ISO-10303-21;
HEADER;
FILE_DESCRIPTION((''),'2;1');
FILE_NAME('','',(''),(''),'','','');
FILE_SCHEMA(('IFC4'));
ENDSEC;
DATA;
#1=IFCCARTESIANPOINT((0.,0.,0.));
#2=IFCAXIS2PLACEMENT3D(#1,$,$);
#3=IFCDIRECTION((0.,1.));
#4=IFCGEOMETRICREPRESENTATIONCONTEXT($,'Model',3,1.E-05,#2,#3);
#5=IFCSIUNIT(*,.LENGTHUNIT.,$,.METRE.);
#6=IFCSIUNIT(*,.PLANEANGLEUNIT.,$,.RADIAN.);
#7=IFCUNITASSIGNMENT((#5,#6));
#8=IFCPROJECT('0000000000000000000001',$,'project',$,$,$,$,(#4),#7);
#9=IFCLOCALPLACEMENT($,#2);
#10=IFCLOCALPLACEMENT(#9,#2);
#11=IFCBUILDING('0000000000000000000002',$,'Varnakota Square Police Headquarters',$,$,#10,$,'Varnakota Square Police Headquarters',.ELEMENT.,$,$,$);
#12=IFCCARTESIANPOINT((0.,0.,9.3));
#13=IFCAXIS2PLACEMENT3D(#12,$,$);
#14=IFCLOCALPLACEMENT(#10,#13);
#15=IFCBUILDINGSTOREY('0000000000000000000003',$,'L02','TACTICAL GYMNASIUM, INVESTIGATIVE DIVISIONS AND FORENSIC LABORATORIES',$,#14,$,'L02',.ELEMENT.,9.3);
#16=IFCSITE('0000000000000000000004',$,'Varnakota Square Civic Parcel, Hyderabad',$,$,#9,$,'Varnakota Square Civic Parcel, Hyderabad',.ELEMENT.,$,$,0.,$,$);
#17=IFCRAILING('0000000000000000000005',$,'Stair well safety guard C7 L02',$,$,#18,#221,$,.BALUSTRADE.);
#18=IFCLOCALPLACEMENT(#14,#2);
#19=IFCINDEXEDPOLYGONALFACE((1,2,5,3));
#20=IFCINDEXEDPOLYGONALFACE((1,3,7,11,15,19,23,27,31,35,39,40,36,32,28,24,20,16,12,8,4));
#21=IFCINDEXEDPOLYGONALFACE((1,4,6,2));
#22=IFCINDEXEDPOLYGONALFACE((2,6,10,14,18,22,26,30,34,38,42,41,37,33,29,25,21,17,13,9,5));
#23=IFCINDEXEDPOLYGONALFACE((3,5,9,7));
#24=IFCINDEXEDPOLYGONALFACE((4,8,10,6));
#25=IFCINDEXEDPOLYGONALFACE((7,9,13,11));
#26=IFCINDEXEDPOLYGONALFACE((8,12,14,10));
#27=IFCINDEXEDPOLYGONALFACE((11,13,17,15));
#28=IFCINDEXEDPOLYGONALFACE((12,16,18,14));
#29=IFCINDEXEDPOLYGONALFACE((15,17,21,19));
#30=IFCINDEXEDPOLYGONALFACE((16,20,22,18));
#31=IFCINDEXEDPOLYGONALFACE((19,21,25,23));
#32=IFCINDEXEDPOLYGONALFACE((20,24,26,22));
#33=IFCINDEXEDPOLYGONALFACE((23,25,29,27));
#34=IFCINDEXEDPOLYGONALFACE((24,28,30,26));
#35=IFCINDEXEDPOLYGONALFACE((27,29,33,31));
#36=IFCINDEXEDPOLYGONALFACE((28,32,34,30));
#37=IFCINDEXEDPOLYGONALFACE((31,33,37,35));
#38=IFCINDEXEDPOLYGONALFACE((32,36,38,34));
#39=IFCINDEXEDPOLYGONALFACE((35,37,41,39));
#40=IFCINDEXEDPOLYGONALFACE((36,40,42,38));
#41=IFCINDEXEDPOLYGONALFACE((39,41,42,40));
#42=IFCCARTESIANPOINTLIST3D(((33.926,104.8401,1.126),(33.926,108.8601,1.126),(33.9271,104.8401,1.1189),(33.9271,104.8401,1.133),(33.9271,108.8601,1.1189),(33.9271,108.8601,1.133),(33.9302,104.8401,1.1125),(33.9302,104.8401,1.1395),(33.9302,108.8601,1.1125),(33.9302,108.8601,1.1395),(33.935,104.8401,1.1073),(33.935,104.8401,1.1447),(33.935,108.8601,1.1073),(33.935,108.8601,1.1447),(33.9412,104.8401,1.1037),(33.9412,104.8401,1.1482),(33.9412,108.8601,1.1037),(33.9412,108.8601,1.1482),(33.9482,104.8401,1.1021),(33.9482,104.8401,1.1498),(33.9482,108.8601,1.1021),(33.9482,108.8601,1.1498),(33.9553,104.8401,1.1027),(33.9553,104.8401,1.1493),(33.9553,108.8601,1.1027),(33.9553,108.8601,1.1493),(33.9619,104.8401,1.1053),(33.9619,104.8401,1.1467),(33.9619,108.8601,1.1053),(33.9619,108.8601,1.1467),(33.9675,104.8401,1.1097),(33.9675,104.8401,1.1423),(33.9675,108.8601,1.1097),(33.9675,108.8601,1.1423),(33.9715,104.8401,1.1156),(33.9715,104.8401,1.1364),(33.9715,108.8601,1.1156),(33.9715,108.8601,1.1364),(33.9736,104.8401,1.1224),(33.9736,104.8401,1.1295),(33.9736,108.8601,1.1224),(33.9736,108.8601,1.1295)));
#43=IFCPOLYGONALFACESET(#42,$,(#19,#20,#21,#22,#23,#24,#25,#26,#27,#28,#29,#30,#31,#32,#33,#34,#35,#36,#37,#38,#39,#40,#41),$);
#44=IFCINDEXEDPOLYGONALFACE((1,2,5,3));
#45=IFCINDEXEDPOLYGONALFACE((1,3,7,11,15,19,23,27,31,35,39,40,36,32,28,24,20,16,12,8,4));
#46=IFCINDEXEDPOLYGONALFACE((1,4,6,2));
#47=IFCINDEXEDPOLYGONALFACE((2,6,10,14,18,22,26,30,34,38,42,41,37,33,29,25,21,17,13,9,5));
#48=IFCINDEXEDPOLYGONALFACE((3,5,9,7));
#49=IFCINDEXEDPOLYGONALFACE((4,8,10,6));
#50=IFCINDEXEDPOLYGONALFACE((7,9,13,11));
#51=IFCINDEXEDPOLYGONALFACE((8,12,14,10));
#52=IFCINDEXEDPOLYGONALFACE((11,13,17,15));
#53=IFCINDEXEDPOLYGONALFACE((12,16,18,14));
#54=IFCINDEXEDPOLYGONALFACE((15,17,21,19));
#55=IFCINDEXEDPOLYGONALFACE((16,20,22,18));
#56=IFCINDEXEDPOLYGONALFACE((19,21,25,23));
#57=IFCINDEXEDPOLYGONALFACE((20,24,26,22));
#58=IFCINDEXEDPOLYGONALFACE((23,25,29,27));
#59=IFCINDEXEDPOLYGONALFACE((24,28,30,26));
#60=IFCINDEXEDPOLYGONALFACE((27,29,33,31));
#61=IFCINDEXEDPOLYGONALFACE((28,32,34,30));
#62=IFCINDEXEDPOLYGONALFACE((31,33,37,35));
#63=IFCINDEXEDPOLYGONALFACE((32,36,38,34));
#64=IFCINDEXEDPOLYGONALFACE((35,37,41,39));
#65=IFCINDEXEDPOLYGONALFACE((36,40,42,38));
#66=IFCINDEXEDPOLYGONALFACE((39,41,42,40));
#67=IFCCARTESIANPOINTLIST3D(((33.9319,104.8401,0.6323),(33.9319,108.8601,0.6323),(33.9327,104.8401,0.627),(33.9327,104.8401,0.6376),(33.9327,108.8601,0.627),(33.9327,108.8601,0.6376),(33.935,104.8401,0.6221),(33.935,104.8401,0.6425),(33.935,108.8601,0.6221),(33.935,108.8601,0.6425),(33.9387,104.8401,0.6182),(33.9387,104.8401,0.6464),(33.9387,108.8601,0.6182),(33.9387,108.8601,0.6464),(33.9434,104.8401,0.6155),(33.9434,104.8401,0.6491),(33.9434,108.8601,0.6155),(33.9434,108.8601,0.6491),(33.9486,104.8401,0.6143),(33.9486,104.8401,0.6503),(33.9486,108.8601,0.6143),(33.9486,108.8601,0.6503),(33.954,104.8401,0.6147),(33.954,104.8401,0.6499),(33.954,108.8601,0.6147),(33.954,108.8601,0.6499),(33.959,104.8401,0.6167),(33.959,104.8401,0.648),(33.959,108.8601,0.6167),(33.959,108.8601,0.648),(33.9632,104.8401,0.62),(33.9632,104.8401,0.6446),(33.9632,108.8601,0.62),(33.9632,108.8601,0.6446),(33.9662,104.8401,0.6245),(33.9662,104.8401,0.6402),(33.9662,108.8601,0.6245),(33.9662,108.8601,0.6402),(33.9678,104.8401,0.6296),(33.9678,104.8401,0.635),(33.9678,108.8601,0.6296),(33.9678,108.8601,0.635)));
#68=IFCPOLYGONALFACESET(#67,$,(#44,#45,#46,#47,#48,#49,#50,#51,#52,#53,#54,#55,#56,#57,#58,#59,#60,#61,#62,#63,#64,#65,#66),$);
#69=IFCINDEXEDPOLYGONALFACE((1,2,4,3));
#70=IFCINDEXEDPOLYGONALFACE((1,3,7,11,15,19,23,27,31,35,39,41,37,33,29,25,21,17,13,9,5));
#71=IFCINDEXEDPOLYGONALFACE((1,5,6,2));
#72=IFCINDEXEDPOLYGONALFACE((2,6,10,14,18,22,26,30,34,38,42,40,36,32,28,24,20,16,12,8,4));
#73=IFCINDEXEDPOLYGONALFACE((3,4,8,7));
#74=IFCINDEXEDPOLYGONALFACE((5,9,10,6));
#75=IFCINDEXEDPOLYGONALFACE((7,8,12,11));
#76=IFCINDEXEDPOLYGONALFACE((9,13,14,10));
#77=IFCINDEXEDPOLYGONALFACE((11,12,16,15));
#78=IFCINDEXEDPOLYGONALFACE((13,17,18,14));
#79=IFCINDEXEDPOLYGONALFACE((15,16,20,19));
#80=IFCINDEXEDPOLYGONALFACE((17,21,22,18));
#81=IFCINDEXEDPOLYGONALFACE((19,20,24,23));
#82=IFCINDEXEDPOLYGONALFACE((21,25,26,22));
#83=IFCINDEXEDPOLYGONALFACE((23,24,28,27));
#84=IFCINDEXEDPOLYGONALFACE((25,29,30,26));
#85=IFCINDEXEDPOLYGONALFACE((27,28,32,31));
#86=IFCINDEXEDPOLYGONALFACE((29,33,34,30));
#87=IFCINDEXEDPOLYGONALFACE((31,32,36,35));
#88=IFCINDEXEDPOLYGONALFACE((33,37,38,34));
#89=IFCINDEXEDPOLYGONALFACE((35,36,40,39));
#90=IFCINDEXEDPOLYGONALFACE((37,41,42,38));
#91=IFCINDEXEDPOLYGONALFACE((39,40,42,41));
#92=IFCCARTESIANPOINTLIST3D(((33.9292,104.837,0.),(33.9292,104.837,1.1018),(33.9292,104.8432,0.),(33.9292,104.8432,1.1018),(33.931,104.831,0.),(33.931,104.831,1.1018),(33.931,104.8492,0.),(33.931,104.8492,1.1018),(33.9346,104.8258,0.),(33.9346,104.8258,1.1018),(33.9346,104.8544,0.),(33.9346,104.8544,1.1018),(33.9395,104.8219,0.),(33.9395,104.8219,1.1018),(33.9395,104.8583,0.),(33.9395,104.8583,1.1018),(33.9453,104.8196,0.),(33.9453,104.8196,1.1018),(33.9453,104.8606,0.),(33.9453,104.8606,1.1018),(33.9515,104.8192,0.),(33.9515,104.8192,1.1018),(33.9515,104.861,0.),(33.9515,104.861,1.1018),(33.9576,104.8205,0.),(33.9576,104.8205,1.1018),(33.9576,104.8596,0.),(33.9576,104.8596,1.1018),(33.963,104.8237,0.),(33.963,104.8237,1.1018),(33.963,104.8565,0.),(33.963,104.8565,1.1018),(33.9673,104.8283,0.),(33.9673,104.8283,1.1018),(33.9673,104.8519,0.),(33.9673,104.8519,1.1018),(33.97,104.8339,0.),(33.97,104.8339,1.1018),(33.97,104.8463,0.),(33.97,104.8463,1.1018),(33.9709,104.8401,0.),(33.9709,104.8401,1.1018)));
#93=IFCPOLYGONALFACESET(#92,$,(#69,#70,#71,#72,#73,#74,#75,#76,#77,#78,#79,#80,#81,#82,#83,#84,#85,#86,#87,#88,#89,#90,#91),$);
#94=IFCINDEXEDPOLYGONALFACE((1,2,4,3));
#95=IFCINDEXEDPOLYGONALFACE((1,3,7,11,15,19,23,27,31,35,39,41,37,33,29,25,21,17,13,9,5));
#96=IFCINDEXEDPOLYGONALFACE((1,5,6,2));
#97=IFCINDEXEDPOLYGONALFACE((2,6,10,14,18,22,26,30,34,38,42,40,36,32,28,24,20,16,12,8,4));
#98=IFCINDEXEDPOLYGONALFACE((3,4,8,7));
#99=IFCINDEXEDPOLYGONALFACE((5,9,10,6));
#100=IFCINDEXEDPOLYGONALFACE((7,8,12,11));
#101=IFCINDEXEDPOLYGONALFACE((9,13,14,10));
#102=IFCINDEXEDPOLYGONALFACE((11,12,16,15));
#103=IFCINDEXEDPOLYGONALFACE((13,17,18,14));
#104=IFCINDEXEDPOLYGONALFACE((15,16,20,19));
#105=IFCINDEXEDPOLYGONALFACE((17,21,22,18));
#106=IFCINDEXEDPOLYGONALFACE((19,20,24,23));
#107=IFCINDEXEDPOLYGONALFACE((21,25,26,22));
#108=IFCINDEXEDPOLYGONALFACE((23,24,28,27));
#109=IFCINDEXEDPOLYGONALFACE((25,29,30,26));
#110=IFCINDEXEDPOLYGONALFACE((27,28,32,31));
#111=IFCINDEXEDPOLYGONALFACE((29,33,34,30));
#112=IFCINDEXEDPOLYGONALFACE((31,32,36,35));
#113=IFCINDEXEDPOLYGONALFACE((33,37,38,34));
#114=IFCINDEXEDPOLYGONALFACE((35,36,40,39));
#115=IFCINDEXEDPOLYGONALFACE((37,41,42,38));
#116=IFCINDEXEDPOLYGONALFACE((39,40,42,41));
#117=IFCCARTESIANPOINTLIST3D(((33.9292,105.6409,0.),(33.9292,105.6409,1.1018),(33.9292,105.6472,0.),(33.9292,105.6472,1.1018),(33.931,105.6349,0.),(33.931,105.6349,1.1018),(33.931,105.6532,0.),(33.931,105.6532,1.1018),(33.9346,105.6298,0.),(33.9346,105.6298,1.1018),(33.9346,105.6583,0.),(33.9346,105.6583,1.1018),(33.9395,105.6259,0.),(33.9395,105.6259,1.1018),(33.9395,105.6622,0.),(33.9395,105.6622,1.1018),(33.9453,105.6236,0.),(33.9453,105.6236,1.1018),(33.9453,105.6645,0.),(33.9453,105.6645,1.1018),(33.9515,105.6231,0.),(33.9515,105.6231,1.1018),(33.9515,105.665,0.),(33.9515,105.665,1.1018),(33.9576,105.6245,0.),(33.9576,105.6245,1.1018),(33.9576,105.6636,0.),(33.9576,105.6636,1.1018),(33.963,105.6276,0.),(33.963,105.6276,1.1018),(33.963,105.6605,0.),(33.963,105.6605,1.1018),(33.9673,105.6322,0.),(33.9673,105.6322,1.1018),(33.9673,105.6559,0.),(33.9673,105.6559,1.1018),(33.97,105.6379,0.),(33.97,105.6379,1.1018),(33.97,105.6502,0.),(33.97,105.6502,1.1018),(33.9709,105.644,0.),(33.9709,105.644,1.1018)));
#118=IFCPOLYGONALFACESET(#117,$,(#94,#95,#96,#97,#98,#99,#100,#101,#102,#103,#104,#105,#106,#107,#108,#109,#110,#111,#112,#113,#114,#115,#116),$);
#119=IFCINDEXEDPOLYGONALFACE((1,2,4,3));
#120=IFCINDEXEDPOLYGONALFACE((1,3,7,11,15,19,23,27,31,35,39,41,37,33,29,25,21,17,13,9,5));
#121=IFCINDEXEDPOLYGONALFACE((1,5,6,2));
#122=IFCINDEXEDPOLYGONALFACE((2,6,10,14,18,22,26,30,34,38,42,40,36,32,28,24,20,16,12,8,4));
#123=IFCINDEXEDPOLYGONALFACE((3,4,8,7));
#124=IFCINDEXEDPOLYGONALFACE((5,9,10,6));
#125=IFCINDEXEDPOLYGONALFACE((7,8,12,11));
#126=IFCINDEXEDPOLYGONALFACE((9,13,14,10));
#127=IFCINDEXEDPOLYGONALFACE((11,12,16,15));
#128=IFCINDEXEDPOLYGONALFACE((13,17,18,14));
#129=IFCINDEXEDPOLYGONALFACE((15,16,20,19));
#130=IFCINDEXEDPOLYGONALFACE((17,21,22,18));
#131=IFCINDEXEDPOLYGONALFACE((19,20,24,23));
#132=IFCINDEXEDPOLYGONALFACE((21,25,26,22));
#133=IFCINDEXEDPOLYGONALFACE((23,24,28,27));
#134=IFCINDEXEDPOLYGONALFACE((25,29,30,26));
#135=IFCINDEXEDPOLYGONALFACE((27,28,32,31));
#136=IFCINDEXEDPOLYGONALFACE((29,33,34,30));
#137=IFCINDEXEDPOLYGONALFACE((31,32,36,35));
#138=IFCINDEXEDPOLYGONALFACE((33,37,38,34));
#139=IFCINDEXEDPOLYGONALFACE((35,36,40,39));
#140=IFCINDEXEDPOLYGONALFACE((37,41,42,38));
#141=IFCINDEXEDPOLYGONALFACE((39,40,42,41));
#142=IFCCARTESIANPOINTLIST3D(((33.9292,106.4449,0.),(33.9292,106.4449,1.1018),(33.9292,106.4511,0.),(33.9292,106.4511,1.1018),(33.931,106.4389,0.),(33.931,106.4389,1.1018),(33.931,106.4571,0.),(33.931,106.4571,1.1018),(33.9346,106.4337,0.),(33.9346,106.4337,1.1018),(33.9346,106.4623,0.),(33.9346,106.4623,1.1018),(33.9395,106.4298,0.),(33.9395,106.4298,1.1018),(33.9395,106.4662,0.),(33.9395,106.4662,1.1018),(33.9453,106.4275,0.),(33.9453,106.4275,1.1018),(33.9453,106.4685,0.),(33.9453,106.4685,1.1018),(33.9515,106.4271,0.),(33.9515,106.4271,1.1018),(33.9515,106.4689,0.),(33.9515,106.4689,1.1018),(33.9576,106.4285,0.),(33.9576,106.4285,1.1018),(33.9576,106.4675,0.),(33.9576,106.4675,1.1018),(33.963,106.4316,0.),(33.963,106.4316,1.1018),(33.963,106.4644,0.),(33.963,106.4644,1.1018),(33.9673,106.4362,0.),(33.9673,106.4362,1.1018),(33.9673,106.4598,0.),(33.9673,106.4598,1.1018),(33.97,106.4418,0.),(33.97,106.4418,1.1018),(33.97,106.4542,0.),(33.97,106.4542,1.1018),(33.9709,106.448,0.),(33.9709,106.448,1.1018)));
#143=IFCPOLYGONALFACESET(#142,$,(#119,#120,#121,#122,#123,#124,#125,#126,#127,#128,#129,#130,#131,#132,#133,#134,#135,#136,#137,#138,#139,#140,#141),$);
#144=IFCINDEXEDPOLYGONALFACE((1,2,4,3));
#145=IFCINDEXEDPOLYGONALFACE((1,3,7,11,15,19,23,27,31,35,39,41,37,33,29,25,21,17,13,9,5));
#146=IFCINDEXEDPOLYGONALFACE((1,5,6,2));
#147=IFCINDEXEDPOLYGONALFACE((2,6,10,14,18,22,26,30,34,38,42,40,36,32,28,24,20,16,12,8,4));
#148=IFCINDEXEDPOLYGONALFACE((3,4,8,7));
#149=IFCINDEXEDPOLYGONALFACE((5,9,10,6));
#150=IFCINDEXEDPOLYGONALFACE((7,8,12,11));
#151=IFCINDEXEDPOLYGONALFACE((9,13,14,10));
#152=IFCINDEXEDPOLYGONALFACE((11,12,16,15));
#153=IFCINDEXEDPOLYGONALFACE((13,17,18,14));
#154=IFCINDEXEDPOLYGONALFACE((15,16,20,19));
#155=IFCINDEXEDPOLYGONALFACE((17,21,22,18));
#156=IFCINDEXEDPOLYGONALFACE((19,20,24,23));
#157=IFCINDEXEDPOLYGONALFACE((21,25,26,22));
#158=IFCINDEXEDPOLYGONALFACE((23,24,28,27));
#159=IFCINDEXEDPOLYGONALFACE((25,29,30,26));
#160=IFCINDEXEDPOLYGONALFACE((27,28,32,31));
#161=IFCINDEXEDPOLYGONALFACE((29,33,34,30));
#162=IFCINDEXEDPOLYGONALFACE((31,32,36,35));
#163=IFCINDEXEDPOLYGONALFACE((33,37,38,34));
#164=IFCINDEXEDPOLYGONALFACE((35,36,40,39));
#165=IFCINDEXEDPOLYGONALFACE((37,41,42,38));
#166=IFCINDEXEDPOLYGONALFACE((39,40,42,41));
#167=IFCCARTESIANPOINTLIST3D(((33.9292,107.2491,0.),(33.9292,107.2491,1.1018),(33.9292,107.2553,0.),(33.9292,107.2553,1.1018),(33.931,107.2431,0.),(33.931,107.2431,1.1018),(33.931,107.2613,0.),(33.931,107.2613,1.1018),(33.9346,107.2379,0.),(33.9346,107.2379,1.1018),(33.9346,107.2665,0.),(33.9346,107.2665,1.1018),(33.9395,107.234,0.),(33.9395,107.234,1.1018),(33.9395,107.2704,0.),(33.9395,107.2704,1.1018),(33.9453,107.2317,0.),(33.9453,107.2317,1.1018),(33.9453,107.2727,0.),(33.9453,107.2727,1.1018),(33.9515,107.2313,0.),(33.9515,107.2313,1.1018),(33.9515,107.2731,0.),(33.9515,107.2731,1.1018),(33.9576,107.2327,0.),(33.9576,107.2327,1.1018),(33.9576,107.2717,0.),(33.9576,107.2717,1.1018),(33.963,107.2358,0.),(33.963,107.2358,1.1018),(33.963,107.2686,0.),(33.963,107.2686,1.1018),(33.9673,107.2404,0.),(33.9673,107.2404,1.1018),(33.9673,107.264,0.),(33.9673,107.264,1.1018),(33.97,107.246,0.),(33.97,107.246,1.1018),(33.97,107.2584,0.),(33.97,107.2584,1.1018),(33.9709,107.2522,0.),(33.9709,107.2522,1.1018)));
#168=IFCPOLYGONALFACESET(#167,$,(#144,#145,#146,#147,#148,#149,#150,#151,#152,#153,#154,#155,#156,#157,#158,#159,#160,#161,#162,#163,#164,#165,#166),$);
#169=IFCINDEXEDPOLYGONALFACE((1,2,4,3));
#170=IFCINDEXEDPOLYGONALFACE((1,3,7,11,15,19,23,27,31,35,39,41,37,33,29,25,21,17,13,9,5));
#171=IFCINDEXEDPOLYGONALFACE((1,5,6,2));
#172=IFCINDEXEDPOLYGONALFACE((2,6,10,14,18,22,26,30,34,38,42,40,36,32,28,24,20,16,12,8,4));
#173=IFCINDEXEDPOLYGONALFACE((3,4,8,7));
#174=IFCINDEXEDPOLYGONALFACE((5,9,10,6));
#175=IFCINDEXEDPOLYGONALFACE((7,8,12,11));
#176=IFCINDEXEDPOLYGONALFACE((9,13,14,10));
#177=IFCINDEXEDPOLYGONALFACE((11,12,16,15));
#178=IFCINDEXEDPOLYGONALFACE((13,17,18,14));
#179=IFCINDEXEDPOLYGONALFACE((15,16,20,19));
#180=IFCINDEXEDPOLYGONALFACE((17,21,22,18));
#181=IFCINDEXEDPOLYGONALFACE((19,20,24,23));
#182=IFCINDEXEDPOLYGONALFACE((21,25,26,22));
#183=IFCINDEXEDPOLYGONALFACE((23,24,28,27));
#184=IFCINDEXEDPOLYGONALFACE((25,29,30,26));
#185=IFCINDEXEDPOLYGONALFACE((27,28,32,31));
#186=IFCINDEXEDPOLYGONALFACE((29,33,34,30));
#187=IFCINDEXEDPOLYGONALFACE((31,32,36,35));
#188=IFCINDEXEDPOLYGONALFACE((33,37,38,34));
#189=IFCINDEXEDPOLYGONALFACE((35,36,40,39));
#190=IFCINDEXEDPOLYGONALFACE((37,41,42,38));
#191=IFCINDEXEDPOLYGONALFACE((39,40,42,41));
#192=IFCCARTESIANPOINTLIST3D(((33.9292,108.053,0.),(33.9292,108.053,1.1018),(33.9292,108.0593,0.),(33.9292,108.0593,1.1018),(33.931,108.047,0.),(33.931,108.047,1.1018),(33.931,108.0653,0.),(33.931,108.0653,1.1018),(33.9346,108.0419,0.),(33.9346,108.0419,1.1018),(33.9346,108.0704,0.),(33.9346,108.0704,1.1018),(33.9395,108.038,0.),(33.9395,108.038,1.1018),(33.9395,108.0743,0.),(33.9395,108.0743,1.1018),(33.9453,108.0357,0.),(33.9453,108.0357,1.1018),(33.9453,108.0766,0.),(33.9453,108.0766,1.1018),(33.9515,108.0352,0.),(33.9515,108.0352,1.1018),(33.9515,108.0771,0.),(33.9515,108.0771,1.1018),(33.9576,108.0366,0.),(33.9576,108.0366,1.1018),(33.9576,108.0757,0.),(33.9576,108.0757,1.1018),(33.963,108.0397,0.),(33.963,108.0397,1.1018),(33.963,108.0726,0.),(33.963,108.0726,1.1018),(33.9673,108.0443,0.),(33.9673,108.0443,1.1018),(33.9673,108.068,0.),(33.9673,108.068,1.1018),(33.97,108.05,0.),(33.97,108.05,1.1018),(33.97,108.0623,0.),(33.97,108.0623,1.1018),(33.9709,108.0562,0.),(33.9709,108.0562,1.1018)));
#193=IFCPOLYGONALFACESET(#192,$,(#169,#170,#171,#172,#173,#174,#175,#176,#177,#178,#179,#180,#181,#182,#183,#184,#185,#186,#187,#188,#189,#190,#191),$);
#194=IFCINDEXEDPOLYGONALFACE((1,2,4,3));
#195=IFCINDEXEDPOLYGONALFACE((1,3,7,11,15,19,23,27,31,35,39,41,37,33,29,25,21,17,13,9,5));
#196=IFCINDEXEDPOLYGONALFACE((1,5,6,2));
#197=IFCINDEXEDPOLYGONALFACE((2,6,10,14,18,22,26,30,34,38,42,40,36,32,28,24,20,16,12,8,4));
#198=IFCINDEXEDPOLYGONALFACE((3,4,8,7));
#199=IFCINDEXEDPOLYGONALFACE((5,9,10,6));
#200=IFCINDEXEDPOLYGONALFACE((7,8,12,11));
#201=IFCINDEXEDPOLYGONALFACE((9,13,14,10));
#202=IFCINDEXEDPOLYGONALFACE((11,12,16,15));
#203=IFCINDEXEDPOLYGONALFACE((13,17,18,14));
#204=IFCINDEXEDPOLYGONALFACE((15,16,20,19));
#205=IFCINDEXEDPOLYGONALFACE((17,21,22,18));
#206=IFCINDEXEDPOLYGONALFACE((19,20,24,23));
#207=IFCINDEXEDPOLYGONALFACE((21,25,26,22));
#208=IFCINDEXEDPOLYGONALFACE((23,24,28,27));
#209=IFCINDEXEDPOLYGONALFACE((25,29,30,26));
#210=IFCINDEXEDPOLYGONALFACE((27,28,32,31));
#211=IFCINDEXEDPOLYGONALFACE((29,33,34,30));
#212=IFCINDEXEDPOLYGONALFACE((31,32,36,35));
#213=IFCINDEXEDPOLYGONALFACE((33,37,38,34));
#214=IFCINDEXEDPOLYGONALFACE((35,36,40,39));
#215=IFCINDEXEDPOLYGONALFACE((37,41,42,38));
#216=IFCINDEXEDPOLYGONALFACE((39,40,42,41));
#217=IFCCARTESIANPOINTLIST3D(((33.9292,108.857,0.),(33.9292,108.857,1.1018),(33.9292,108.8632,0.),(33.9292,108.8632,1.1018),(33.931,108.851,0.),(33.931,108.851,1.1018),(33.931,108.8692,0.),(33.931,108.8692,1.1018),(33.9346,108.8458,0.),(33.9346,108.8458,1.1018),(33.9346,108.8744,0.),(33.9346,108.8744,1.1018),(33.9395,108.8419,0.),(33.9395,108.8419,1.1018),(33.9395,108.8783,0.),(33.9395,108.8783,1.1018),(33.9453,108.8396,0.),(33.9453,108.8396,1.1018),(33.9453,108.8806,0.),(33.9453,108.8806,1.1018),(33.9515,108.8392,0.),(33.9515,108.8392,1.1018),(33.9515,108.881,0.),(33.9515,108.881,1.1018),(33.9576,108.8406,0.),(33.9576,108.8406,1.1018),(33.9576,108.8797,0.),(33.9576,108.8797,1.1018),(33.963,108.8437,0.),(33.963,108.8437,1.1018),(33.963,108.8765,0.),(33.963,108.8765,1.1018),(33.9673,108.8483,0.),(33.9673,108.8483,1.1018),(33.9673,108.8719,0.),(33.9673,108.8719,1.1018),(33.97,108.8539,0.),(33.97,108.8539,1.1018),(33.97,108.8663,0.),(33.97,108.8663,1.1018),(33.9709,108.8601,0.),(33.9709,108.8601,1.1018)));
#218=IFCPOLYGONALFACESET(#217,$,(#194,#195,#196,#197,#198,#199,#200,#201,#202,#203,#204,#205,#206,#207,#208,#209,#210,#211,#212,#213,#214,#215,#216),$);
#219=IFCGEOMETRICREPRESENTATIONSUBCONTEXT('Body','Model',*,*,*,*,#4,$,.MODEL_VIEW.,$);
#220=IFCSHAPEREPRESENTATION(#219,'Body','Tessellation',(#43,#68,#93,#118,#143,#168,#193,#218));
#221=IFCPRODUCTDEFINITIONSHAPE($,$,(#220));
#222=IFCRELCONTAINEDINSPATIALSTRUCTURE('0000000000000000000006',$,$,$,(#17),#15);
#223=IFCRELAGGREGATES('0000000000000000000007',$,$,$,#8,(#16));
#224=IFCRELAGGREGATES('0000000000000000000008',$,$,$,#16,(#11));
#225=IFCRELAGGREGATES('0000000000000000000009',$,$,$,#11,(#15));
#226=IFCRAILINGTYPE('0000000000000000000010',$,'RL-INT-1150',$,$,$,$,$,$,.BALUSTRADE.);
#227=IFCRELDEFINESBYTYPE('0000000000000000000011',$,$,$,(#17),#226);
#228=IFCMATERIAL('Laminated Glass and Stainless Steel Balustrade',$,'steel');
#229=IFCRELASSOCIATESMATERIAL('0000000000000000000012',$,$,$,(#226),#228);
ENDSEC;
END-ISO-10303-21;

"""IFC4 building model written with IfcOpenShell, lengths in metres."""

from ifc_helpers import new_model, si_unit, direction, frame, origin, origin_2d, place, context, subcontext, project, spatial, circle, extrude, material, type_object, element, save


model = new_model("IFC4")

# Units and contexts
model_context = context("Model", 3, precision=1e-05, world=origin(), true_north=direction((0.0, 1.0)))
body_context = subcontext(model_context, "Body", "Model", "MODEL_VIEW")
ifc_project = project(units=[si_unit("LENGTHUNIT", "METRE"), si_unit("PLANEANGLEUNIT", "RADIAN")], contexts=[model_context])

# Site, building, storey
site_placement = place(None, origin())
site = spatial("IfcSite", under=ifc_project, at=site_placement, Name="Varnakota Square Civic Parcel, Hyderabad", LongName="Varnakota Square Civic Parcel, Hyderabad", CompositionType="ELEMENT", RefElevation=0.0)
building_placement = place(site_placement, origin())
building = spatial("IfcBuilding", under=site, at=building_placement, Name="Varnakota Square Police Headquarters", LongName="Varnakota Square Police Headquarters", CompositionType="ELEMENT")
storey_placement = place(building_placement, frame((0.0, 0.0, 9.3)))
storey = spatial("IfcBuildingStorey", under=building, at=storey_placement, Name="L02", Description="TACTICAL GYMNASIUM, INVESTIGATIVE DIVISIONS AND FORENSIC LABORATORIES", LongName="L02", CompositionType="ELEMENT", Elevation=9.3)

# Railing
ifc_material_1 = material(Name="Laminated Glass and Stainless Steel Balustrade", Category="steel")
railing_type = type_object("IfcRailingType", Name="RL-INT-1150", PredefinedType="BALUSTRADE", material=ifc_material_1)
railing_placement = place(storey_placement, frame((33.95, 104.8401, 0.0)))
element("IfcRailing", 1, at=railing_placement, inside=storey, type_object=railing_type, Name="Stair well safety guard C7 L02", PredefinedType="BALUSTRADE", context=body_context, shape_type="SweptSolid", body=[
    extrude(circle(Radius=0.0239, at=origin_2d()), frame((0.0, 0.0, 1.126), z_axis=(0.0, 1.0, 0.0), x_axis=(-1.0, 0.0, 0.0)), (0.0, 0.0, 1.0), 4.02),
    extrude(circle(Radius=0.0181, at=origin_2d()), frame((0.0, 0.0, 0.6323), z_axis=(0.0, 1.0, 0.0), x_axis=(-1.0, 0.0, 0.0)), (0.0, 0.0, 1.0), 4.02),
    extrude(circle(Radius=0.021, at=origin_2d()), origin(), (0.0, 0.0, 1.0), 1.1018),
    extrude(circle(Radius=0.021, at=origin_2d()), frame((0.0, 0.804, 0.0)), (0.0, 0.0, 1.0), 1.1018),
    extrude(circle(Radius=0.021, at=origin_2d()), frame((0.0, 1.6079, 0.0)), (0.0, 0.0, 1.0), 1.1018),
    extrude(circle(Radius=0.021, at=origin_2d()), frame((0.0, 2.4121, 0.0)), (0.0, 0.0, 1.0), 1.1018),
    extrude(circle(Radius=0.021, at=origin_2d()), frame((0.0, 3.2161, 0.0)), (0.0, 0.0, 1.0), 1.1018),
    extrude(circle(Radius=0.021, at=origin_2d()), frame((0.0, 4.02, 0.0)), (0.0, 0.0, 1.0), 1.1018),
])

save(model, "model.ifc")
